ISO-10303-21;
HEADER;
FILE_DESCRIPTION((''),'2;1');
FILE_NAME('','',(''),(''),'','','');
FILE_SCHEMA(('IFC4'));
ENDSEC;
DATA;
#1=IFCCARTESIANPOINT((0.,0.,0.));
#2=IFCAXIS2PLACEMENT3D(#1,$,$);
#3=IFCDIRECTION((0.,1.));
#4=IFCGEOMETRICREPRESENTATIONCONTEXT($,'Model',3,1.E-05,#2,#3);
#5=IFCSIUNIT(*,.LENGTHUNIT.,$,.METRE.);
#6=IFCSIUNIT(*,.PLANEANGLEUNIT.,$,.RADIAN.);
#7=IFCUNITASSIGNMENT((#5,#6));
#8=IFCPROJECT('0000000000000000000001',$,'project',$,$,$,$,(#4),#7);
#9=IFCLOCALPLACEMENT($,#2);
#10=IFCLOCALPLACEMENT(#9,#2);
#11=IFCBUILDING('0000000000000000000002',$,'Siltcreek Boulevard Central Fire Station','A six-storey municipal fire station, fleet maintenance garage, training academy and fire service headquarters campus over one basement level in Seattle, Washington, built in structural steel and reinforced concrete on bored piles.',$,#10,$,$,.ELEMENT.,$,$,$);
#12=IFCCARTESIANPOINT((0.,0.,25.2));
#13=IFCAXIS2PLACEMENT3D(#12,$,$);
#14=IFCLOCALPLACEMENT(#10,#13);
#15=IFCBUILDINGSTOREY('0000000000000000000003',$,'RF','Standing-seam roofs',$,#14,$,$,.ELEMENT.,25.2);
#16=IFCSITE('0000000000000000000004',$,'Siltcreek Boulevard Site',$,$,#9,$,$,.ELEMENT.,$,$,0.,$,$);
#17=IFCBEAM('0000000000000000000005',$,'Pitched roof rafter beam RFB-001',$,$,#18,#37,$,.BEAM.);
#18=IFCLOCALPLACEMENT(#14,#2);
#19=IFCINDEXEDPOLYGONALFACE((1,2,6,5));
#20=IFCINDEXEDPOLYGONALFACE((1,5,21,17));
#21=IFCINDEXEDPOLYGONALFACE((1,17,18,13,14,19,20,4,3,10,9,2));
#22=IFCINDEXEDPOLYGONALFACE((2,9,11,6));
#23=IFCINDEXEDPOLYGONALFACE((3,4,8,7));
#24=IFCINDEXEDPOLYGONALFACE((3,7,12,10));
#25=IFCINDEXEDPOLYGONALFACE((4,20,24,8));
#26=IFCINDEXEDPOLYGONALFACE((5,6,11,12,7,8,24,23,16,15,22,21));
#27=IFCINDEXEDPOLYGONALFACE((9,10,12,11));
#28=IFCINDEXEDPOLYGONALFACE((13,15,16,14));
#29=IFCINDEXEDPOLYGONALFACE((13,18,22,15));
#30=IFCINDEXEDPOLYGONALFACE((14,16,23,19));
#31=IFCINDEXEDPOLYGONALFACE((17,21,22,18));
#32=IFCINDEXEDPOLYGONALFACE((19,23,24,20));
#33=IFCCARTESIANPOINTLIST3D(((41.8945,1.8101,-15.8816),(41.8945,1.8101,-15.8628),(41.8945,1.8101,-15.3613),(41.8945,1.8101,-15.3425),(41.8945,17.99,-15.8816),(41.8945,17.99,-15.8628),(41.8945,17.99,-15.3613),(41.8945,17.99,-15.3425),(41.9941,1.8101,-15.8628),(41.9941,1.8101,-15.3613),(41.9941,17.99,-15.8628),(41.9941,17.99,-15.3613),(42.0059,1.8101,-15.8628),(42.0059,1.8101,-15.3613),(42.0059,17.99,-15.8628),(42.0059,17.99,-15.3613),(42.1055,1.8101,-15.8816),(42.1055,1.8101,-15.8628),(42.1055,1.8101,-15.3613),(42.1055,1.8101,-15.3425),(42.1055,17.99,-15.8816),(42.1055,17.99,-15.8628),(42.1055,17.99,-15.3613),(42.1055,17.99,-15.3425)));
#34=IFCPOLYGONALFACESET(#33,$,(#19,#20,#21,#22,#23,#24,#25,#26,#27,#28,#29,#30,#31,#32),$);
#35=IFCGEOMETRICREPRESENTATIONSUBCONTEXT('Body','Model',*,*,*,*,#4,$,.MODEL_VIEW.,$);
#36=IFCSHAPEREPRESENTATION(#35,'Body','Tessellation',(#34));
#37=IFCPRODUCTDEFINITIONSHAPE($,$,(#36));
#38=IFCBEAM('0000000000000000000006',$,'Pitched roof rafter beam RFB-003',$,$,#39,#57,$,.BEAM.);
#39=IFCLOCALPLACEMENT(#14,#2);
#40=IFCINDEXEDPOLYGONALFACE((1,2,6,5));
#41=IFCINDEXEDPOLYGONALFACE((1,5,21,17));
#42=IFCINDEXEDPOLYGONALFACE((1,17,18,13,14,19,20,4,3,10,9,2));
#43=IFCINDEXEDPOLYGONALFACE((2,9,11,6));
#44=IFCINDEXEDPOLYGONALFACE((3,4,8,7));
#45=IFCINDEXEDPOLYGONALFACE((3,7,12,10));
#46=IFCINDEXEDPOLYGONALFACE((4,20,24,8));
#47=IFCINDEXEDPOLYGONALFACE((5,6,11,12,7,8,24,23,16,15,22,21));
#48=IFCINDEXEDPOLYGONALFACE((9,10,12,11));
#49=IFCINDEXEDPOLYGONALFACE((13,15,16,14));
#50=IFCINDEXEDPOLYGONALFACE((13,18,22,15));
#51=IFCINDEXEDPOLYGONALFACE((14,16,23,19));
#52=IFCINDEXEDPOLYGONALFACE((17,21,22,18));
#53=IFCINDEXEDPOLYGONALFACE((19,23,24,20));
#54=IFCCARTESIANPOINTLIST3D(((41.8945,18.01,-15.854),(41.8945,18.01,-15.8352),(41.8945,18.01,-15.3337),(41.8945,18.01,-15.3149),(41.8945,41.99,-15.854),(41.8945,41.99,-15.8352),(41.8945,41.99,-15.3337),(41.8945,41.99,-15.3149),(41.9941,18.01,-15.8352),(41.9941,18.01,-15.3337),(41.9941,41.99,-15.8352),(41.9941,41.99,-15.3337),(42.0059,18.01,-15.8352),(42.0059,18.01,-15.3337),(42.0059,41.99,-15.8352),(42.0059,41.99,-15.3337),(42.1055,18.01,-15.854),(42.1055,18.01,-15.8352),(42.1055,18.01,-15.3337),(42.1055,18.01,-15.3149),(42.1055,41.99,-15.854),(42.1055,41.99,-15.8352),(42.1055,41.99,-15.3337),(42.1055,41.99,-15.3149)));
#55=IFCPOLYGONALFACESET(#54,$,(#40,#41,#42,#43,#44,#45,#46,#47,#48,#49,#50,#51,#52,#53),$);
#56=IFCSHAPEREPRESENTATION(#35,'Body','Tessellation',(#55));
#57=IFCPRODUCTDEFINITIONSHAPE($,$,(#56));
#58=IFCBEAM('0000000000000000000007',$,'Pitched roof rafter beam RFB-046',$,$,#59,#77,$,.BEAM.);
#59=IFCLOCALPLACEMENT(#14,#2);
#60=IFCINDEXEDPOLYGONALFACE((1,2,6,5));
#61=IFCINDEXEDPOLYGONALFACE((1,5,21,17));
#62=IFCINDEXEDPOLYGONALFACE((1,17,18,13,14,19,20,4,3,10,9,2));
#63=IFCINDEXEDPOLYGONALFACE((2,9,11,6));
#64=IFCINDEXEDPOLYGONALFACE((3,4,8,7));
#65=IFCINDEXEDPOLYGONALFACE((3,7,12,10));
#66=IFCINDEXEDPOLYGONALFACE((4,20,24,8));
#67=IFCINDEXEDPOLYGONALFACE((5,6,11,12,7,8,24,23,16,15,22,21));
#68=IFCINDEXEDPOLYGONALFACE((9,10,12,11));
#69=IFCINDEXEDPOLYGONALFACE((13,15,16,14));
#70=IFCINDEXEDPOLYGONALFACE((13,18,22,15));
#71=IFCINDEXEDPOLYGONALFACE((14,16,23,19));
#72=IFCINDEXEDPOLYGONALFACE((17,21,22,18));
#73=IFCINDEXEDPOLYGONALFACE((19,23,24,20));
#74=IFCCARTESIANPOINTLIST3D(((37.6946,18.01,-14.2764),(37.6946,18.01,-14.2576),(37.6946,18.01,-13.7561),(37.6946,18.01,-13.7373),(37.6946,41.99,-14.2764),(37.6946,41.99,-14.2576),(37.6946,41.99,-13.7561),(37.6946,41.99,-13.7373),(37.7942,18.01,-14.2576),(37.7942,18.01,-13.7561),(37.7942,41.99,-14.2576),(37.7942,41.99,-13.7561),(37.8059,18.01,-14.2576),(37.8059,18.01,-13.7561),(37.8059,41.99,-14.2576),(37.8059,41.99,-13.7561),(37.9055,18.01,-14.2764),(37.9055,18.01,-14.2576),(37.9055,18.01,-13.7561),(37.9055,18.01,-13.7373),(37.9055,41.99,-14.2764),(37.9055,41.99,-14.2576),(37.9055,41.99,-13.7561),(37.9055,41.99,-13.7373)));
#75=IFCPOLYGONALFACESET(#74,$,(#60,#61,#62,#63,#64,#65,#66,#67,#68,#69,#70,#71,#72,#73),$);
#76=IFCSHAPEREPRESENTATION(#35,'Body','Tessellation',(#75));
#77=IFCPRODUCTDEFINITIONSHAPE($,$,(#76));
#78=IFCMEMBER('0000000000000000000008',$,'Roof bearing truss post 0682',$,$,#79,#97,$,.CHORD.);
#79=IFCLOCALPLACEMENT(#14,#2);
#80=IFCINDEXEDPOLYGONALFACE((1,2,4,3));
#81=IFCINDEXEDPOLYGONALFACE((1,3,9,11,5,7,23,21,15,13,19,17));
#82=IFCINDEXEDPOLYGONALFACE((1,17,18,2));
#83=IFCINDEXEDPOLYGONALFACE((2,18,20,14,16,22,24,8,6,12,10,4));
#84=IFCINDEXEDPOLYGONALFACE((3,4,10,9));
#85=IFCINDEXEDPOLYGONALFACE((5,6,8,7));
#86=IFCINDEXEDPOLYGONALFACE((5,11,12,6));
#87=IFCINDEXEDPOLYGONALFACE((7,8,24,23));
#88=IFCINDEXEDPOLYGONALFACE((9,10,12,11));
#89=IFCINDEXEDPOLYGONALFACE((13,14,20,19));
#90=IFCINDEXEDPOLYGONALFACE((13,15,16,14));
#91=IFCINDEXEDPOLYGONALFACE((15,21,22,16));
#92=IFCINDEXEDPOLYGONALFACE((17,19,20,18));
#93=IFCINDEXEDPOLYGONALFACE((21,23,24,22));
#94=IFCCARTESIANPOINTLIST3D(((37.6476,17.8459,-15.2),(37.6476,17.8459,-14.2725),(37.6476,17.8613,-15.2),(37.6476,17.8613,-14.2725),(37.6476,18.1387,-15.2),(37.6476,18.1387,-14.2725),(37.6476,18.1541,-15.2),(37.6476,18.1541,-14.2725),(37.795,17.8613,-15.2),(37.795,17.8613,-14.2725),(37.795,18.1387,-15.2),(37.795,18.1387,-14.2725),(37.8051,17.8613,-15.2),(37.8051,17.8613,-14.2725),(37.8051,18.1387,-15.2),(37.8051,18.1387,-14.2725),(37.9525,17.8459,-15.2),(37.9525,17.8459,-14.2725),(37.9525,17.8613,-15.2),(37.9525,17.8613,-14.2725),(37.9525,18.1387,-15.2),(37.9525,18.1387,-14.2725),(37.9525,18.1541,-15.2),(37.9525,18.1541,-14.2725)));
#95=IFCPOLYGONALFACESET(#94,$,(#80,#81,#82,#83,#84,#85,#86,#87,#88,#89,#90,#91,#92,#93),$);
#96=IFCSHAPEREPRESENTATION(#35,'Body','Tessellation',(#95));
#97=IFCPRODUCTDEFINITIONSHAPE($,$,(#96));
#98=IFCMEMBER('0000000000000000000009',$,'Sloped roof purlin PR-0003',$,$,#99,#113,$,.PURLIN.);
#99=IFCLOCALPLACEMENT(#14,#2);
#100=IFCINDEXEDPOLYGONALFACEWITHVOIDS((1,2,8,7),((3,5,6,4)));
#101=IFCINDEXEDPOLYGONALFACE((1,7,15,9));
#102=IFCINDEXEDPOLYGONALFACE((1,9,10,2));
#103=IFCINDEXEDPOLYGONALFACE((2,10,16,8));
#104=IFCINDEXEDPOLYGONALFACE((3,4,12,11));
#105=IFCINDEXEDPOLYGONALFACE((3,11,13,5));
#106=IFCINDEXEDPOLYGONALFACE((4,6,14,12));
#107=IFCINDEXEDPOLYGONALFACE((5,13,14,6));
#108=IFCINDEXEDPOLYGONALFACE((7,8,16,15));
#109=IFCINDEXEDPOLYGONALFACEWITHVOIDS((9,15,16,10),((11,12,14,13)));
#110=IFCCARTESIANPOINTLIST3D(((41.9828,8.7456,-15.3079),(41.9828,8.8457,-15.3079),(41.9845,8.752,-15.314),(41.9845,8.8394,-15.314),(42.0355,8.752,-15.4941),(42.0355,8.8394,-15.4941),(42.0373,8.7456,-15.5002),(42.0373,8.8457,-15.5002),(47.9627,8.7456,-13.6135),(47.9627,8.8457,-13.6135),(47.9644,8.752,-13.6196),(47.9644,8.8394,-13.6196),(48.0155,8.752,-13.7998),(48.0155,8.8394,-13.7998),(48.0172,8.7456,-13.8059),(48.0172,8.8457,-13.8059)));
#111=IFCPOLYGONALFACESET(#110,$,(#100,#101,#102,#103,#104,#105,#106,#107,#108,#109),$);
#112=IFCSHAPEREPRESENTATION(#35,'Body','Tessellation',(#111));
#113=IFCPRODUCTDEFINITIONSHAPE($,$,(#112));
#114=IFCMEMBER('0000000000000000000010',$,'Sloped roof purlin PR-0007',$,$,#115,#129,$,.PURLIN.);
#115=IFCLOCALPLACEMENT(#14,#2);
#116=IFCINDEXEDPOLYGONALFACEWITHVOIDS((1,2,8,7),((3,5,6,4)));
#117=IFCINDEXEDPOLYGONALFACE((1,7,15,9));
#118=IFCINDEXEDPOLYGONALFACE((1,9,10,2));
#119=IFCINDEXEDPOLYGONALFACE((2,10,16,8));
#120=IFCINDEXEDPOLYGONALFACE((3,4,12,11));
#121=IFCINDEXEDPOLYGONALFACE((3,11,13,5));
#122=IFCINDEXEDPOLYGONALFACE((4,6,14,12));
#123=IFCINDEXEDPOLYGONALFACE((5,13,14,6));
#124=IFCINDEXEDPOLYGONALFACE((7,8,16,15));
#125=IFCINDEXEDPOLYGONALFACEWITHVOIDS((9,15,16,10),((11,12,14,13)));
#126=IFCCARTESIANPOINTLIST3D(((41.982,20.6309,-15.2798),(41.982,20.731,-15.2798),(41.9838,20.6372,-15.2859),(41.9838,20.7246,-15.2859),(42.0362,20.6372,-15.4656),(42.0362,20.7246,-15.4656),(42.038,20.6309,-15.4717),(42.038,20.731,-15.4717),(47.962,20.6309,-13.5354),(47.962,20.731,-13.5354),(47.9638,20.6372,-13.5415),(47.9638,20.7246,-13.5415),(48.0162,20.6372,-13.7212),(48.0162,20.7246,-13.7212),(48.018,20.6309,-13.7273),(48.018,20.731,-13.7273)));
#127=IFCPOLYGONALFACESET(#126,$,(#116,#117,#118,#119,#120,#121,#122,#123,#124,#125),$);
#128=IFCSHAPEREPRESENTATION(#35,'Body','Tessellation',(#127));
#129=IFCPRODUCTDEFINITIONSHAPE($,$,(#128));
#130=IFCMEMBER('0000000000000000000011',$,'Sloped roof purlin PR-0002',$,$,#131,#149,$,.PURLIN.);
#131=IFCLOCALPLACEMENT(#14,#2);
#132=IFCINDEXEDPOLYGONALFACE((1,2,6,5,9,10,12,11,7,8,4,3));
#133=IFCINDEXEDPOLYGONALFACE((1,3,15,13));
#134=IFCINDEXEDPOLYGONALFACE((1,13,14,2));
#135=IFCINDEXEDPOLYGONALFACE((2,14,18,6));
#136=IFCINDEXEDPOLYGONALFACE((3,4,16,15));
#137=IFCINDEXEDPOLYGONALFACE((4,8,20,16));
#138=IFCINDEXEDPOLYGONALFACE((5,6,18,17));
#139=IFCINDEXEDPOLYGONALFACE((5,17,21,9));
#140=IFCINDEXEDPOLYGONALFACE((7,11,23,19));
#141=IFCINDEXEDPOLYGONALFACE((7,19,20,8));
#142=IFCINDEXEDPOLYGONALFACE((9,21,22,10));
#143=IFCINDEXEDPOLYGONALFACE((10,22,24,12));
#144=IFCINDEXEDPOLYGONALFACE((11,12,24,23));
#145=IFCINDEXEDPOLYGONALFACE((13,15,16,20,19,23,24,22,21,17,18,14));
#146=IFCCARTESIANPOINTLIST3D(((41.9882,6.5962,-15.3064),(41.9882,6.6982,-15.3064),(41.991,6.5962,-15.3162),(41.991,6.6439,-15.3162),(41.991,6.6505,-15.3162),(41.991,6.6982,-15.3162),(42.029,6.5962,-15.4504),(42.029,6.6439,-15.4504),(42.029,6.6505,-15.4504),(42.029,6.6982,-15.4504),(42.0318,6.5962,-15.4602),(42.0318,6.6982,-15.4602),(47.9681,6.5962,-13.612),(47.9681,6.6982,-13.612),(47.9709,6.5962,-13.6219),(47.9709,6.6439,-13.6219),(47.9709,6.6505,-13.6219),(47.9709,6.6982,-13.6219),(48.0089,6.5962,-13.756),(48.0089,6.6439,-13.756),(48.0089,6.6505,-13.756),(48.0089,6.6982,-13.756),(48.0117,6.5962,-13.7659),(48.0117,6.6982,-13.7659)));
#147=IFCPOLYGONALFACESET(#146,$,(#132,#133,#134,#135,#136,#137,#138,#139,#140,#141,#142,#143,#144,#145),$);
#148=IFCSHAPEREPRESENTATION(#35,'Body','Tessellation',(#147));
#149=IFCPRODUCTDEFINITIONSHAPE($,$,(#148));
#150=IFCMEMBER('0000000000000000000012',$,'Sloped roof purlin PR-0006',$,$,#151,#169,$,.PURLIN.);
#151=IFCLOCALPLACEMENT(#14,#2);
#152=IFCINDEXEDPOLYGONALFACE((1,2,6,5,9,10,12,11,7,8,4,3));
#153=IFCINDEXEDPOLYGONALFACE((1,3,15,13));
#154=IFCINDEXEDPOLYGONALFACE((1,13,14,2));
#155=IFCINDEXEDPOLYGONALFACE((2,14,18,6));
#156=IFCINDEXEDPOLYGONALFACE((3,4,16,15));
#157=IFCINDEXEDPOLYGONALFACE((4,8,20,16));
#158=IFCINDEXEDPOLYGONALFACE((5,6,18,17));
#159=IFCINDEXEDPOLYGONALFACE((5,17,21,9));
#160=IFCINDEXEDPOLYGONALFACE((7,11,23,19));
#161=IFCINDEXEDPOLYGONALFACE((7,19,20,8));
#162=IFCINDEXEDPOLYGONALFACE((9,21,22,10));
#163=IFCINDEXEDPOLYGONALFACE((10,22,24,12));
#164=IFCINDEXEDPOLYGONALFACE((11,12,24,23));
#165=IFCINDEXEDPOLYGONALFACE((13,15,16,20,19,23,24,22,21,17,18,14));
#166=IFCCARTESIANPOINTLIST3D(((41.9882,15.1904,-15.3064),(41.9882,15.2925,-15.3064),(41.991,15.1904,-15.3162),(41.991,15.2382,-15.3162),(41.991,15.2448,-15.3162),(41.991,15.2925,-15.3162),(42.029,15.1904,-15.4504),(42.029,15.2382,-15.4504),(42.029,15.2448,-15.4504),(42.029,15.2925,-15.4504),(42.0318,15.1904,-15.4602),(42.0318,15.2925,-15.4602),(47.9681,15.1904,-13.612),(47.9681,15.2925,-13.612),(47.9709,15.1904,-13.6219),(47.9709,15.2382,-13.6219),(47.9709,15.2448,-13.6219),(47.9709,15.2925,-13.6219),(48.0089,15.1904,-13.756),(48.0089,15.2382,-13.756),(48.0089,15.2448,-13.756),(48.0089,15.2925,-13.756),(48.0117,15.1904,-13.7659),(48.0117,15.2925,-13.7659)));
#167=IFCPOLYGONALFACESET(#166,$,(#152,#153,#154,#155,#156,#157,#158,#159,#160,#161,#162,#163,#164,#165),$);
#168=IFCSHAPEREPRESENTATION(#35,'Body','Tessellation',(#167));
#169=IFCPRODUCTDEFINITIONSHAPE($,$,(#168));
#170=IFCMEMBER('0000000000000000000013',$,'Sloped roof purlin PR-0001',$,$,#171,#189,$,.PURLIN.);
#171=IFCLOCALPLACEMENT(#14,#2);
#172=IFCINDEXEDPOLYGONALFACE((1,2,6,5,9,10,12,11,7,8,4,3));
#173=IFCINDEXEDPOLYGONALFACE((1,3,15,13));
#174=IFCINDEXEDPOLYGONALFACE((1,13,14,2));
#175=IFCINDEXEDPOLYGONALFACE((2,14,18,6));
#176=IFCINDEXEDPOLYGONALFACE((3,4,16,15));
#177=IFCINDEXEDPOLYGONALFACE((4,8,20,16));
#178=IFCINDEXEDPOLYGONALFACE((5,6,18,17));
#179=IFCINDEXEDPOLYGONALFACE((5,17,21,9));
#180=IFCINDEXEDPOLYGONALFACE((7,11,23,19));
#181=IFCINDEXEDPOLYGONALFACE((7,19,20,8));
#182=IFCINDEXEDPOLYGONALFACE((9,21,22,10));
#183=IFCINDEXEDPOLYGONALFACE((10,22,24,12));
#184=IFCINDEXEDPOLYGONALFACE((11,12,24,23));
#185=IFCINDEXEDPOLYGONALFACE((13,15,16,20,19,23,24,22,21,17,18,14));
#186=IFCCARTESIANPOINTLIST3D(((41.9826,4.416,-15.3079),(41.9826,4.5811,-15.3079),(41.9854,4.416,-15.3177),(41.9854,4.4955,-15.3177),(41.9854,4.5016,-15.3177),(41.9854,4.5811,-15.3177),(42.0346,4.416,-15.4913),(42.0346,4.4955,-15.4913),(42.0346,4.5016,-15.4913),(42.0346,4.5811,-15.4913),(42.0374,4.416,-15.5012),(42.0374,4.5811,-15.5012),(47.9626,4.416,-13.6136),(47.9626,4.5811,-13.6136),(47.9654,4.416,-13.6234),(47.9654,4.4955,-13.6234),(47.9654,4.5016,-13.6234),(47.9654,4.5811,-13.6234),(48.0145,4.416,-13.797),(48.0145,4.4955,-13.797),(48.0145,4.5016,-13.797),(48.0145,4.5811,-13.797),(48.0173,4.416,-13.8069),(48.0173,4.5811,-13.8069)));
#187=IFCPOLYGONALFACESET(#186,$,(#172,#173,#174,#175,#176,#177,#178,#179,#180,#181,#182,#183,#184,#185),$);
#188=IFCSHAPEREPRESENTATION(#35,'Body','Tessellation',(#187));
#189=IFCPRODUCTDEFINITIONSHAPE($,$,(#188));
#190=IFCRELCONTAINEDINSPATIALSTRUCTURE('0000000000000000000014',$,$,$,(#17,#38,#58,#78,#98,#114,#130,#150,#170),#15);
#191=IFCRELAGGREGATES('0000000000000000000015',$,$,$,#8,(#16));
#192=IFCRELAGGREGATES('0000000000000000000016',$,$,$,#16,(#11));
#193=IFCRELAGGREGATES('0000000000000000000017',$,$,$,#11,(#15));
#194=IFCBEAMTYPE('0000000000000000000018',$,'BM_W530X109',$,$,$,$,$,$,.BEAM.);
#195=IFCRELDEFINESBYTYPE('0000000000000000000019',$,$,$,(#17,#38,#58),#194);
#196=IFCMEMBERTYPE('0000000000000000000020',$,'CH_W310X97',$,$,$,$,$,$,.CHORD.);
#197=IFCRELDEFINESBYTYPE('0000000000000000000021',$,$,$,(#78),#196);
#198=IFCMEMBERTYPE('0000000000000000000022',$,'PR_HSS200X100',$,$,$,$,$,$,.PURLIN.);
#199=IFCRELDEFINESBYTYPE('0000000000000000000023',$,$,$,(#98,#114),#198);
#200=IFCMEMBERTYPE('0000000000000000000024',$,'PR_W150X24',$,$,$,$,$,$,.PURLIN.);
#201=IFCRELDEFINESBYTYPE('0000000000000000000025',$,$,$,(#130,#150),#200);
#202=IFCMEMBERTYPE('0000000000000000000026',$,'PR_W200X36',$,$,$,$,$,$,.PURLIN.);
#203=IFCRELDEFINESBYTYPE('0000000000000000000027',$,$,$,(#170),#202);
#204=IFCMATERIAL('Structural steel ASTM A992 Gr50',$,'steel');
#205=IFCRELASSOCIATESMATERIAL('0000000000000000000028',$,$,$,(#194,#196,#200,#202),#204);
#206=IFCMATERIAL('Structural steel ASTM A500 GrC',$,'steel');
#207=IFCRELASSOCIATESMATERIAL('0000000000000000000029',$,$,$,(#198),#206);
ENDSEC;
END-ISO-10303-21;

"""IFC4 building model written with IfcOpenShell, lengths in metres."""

from ifc_helpers import new_model, si_unit, direction, frame, origin, origin_2d, place, context, subcontext, project, spatial, hollow_rectangle, i_section, extrude, material, material_profile, profile_set, type_object, element, save


model = new_model("IFC4")

# Units and contexts
model_context = context("Model", 3, precision=1e-05, world=origin(), true_north=direction((0.0, 1.0)))
body_context = subcontext(model_context, "Body", "Model", "MODEL_VIEW")
ifc_project = project(units=[si_unit("LENGTHUNIT", "METRE"), si_unit("PLANEANGLEUNIT", "RADIAN")], contexts=[model_context])

# Site, building, storey
site_placement = place(None, origin())
site = spatial("IfcSite", under=ifc_project, at=site_placement, Name="Siltcreek Boulevard Site", CompositionType="ELEMENT", RefElevation=0.0)
building_placement = place(site_placement, origin())
building = spatial("IfcBuilding", under=site, at=building_placement, Name="Siltcreek Boulevard Central Fire Station", Description="A six-storey municipal fire station, fleet maintenance garage, training academy and fire service headquarters campus over one basement level in Seattle, Washington, built in structural steel and reinforced concrete on bored piles.", CompositionType="ELEMENT")
storey_placement = place(building_placement, frame((0.0, 0.0, 25.2)))
storey = spatial("IfcBuildingStorey", under=building, at=storey_placement, Name="RF", Description="Standing-seam roofs", CompositionType="ELEMENT", Elevation=25.2)

# Beams
ifc_material_1 = material(Name="Structural steel ASTM A992 Gr50", Category="steel")
ifc_material_profile_1 = material_profile(ifc_material_1, i_section(OverallWidth=0.2109, OverallDepth=0.5391, WebThickness=0.0117, FlangeThickness=0.0188, at=origin_2d()), Name="W530X109")
ifc_profile_set_1 = profile_set([ifc_material_profile_1], Name="Structural steel ASTM A992 Gr50")
beam_type = type_object("IfcBeamType", Name="BM_W530X109", PredefinedType="BEAM", material=ifc_profile_set_1)
beam_placement = place(storey_placement, frame((42.0, 1.8101, -15.6121), z_axis=(0.0, 1.0, 0.0), x_axis=(-1.0, 0.0, 0.0)))
element("IfcBeam", 1, at=beam_placement, inside=storey, type_object=beam_type, Name="Pitched roof rafter beam RFB-001", PredefinedType="BEAM", context=body_context, shape_type="SweptSolid", body=[
    extrude(i_section(OverallWidth=0.2109, OverallDepth=0.5391, WebThickness=0.0117, FlangeThickness=0.0188, at=origin_2d()), origin(), (0.0, 0.0, 1.0), 16.1799),
])
for number, where, z_axis, x_axis, name in (
    (2, (42.0, 18.01, -15.5845), (0.0, 1.0, 0.0), (-1.0, 0.0, 0.0), "Pitched roof rafter beam RFB-003"),
    (3, (37.8, 18.01, -14.0068), (0.0, 1.0, 0.0), (-1.0, 0.0, 0.0), "Pitched roof rafter beam RFB-046"),
):
    element("IfcBeam", number, at=place(storey_placement, frame(where, z_axis=z_axis, x_axis=x_axis)), inside=storey, type_object=beam_type, Name=name, PredefinedType="BEAM", context=body_context, shape_type="SweptSolid", body=[
        extrude(i_section(OverallWidth=0.2109, OverallDepth=0.5391, WebThickness=0.0117, FlangeThickness=0.0188, at=origin_2d()), origin(), (0.0, 0.0, 1.0), 23.98),
    ])

# Members
ifc_material_profile_2 = material_profile(ifc_material_1, i_section(OverallWidth=0.3049, OverallDepth=0.3081, WebThickness=0.01, FlangeThickness=0.0154, at=origin_2d()), Name="W310X97")
ifc_profile_set_2 = profile_set([ifc_material_profile_2], Name="Structural steel ASTM A992 Gr50")
member_type_1 = type_object("IfcMemberType", Name="CH_W310X97", PredefinedType="CHORD", material=ifc_profile_set_2)
member_1_placement = place(storey_placement, frame((37.8, 18.0, -15.2), z_axis=(0.0, 0.0, 1.0), x_axis=(1.0, 0.0, 0.0)))
element("IfcMember", 4, at=member_1_placement, inside=storey, type_object=member_type_1, Name="Roof bearing truss post 0682", PredefinedType="CHORD", context=body_context, shape_type="SweptSolid", body=[
    extrude(i_section(OverallWidth=0.3049, OverallDepth=0.3081, WebThickness=0.01, FlangeThickness=0.0154, at=origin_2d()), origin(), (0.0, 0.0, 1.0), 0.9275),
])
ifc_material_2 = material(Name="Structural steel ASTM A500 GrC", Category="steel")
ifc_material_profile_3 = material_profile(ifc_material_2, hollow_rectangle(XDim=0.1001, YDim=0.2, WallThickness=0.0063, at=origin_2d()), Name="HSS200X100X6.4")
ifc_profile_set_3 = profile_set([ifc_material_profile_3], Name="Structural steel ASTM A500 GrC")
member_type_2 = type_object("IfcMemberType", Name="PR_HSS200X100", PredefinedType="PURLIN", material=ifc_profile_set_3)
member_2_placement = place(storey_placement, frame((42.01, 8.7957, -15.4041), z_axis=(0.962126, 0.0, 0.272604), x_axis=(0.0, 1.0, 0.0)))
element("IfcMember", 5, at=member_2_placement, inside=storey, type_object=member_type_2, Name="Sloped roof purlin PR-0003", PredefinedType="PURLIN", context=body_context, shape_type="SweptSolid", body=[
    extrude(hollow_rectangle(XDim=0.1001, YDim=0.2, WallThickness=0.0063, at=origin_2d()), origin(), (0.0, 0.0, 1.0), 6.2153),
])
member_3_placement = place(storey_placement, frame((42.01, 20.6809, -15.3757), z_axis=(0.95999, 0.0, 0.280033), x_axis=(0.0, 1.0, 0.0)))
element("IfcMember", 6, at=member_3_placement, inside=storey, type_object=member_type_2, Name="Sloped roof purlin PR-0007", PredefinedType="PURLIN", context=body_context, shape_type="SweptSolid", body=[
    extrude(hollow_rectangle(XDim=0.1001, YDim=0.2, WallThickness=0.0063, at=origin_2d()), origin(), (0.0, 0.0, 1.0), 6.2292),
])
ifc_material_profile_4 = material_profile(ifc_material_1, i_section(OverallWidth=0.1021, OverallDepth=0.1599, WebThickness=0.0066, FlangeThickness=0.0103, at=origin_2d()), Name="W150X24")
ifc_profile_set_4 = profile_set([ifc_material_profile_4], Name="Structural steel ASTM A992 Gr50")
member_type_3 = type_object("IfcMemberType", Name="PR_W150X24", PredefinedType="PURLIN", material=ifc_profile_set_4)
for number, where, z_axis, x_axis, name in (
    (7, (42.01, 6.6472, -15.3833), (0.962126, 0.0, 0.272604), (0.0, 1.0, 0.0), "Sloped roof purlin PR-0002"),
    (8, (42.01, 15.2415, -15.3833), (0.962126, 0.0, 0.272604), (0.0, 1.0, 0.0), "Sloped roof purlin PR-0006"),
):
    element("IfcMember", number, at=place(storey_placement, frame(where, z_axis=z_axis, x_axis=x_axis)), inside=storey, type_object=member_type_3, Name=name, PredefinedType="PURLIN", context=body_context, shape_type="SweptSolid", body=[
        extrude(i_section(OverallWidth=0.1021, OverallDepth=0.1599, WebThickness=0.0066, FlangeThickness=0.0103, at=origin_2d()), origin(), (0.0, 0.0, 1.0), 6.2153),
    ])
ifc_material_profile_5 = material_profile(ifc_material_1, i_section(OverallWidth=0.165, OverallDepth=0.2009, WebThickness=0.0061, FlangeThickness=0.0103, at=origin_2d()), Name="W200X36")
ifc_profile_set_5 = profile_set([ifc_material_profile_5], Name="Structural steel ASTM A992 Gr50")
member_type_4 = type_object("IfcMemberType", Name="PR_W200X36", PredefinedType="PURLIN", material=ifc_profile_set_5)
for number, where, z_axis, x_axis, name in (
    (9, (42.01, 4.4985, -15.4045), (0.962126, 0.0, 0.272604), (0.0, 1.0, 0.0), "Sloped roof purlin PR-0001"),
):
    element("IfcMember", number, at=place(storey_placement, frame(where, z_axis=z_axis, x_axis=x_axis)), inside=storey, type_object=member_type_4, Name=name, PredefinedType="PURLIN", context=body_context, shape_type="SweptSolid", body=[
        extrude(i_section(OverallWidth=0.165, OverallDepth=0.2009, WebThickness=0.0061, FlangeThickness=0.0103, at=origin_2d()), origin(), (0.0, 0.0, 1.0), 6.2153),
    ])

save(model, "model.ifc")
